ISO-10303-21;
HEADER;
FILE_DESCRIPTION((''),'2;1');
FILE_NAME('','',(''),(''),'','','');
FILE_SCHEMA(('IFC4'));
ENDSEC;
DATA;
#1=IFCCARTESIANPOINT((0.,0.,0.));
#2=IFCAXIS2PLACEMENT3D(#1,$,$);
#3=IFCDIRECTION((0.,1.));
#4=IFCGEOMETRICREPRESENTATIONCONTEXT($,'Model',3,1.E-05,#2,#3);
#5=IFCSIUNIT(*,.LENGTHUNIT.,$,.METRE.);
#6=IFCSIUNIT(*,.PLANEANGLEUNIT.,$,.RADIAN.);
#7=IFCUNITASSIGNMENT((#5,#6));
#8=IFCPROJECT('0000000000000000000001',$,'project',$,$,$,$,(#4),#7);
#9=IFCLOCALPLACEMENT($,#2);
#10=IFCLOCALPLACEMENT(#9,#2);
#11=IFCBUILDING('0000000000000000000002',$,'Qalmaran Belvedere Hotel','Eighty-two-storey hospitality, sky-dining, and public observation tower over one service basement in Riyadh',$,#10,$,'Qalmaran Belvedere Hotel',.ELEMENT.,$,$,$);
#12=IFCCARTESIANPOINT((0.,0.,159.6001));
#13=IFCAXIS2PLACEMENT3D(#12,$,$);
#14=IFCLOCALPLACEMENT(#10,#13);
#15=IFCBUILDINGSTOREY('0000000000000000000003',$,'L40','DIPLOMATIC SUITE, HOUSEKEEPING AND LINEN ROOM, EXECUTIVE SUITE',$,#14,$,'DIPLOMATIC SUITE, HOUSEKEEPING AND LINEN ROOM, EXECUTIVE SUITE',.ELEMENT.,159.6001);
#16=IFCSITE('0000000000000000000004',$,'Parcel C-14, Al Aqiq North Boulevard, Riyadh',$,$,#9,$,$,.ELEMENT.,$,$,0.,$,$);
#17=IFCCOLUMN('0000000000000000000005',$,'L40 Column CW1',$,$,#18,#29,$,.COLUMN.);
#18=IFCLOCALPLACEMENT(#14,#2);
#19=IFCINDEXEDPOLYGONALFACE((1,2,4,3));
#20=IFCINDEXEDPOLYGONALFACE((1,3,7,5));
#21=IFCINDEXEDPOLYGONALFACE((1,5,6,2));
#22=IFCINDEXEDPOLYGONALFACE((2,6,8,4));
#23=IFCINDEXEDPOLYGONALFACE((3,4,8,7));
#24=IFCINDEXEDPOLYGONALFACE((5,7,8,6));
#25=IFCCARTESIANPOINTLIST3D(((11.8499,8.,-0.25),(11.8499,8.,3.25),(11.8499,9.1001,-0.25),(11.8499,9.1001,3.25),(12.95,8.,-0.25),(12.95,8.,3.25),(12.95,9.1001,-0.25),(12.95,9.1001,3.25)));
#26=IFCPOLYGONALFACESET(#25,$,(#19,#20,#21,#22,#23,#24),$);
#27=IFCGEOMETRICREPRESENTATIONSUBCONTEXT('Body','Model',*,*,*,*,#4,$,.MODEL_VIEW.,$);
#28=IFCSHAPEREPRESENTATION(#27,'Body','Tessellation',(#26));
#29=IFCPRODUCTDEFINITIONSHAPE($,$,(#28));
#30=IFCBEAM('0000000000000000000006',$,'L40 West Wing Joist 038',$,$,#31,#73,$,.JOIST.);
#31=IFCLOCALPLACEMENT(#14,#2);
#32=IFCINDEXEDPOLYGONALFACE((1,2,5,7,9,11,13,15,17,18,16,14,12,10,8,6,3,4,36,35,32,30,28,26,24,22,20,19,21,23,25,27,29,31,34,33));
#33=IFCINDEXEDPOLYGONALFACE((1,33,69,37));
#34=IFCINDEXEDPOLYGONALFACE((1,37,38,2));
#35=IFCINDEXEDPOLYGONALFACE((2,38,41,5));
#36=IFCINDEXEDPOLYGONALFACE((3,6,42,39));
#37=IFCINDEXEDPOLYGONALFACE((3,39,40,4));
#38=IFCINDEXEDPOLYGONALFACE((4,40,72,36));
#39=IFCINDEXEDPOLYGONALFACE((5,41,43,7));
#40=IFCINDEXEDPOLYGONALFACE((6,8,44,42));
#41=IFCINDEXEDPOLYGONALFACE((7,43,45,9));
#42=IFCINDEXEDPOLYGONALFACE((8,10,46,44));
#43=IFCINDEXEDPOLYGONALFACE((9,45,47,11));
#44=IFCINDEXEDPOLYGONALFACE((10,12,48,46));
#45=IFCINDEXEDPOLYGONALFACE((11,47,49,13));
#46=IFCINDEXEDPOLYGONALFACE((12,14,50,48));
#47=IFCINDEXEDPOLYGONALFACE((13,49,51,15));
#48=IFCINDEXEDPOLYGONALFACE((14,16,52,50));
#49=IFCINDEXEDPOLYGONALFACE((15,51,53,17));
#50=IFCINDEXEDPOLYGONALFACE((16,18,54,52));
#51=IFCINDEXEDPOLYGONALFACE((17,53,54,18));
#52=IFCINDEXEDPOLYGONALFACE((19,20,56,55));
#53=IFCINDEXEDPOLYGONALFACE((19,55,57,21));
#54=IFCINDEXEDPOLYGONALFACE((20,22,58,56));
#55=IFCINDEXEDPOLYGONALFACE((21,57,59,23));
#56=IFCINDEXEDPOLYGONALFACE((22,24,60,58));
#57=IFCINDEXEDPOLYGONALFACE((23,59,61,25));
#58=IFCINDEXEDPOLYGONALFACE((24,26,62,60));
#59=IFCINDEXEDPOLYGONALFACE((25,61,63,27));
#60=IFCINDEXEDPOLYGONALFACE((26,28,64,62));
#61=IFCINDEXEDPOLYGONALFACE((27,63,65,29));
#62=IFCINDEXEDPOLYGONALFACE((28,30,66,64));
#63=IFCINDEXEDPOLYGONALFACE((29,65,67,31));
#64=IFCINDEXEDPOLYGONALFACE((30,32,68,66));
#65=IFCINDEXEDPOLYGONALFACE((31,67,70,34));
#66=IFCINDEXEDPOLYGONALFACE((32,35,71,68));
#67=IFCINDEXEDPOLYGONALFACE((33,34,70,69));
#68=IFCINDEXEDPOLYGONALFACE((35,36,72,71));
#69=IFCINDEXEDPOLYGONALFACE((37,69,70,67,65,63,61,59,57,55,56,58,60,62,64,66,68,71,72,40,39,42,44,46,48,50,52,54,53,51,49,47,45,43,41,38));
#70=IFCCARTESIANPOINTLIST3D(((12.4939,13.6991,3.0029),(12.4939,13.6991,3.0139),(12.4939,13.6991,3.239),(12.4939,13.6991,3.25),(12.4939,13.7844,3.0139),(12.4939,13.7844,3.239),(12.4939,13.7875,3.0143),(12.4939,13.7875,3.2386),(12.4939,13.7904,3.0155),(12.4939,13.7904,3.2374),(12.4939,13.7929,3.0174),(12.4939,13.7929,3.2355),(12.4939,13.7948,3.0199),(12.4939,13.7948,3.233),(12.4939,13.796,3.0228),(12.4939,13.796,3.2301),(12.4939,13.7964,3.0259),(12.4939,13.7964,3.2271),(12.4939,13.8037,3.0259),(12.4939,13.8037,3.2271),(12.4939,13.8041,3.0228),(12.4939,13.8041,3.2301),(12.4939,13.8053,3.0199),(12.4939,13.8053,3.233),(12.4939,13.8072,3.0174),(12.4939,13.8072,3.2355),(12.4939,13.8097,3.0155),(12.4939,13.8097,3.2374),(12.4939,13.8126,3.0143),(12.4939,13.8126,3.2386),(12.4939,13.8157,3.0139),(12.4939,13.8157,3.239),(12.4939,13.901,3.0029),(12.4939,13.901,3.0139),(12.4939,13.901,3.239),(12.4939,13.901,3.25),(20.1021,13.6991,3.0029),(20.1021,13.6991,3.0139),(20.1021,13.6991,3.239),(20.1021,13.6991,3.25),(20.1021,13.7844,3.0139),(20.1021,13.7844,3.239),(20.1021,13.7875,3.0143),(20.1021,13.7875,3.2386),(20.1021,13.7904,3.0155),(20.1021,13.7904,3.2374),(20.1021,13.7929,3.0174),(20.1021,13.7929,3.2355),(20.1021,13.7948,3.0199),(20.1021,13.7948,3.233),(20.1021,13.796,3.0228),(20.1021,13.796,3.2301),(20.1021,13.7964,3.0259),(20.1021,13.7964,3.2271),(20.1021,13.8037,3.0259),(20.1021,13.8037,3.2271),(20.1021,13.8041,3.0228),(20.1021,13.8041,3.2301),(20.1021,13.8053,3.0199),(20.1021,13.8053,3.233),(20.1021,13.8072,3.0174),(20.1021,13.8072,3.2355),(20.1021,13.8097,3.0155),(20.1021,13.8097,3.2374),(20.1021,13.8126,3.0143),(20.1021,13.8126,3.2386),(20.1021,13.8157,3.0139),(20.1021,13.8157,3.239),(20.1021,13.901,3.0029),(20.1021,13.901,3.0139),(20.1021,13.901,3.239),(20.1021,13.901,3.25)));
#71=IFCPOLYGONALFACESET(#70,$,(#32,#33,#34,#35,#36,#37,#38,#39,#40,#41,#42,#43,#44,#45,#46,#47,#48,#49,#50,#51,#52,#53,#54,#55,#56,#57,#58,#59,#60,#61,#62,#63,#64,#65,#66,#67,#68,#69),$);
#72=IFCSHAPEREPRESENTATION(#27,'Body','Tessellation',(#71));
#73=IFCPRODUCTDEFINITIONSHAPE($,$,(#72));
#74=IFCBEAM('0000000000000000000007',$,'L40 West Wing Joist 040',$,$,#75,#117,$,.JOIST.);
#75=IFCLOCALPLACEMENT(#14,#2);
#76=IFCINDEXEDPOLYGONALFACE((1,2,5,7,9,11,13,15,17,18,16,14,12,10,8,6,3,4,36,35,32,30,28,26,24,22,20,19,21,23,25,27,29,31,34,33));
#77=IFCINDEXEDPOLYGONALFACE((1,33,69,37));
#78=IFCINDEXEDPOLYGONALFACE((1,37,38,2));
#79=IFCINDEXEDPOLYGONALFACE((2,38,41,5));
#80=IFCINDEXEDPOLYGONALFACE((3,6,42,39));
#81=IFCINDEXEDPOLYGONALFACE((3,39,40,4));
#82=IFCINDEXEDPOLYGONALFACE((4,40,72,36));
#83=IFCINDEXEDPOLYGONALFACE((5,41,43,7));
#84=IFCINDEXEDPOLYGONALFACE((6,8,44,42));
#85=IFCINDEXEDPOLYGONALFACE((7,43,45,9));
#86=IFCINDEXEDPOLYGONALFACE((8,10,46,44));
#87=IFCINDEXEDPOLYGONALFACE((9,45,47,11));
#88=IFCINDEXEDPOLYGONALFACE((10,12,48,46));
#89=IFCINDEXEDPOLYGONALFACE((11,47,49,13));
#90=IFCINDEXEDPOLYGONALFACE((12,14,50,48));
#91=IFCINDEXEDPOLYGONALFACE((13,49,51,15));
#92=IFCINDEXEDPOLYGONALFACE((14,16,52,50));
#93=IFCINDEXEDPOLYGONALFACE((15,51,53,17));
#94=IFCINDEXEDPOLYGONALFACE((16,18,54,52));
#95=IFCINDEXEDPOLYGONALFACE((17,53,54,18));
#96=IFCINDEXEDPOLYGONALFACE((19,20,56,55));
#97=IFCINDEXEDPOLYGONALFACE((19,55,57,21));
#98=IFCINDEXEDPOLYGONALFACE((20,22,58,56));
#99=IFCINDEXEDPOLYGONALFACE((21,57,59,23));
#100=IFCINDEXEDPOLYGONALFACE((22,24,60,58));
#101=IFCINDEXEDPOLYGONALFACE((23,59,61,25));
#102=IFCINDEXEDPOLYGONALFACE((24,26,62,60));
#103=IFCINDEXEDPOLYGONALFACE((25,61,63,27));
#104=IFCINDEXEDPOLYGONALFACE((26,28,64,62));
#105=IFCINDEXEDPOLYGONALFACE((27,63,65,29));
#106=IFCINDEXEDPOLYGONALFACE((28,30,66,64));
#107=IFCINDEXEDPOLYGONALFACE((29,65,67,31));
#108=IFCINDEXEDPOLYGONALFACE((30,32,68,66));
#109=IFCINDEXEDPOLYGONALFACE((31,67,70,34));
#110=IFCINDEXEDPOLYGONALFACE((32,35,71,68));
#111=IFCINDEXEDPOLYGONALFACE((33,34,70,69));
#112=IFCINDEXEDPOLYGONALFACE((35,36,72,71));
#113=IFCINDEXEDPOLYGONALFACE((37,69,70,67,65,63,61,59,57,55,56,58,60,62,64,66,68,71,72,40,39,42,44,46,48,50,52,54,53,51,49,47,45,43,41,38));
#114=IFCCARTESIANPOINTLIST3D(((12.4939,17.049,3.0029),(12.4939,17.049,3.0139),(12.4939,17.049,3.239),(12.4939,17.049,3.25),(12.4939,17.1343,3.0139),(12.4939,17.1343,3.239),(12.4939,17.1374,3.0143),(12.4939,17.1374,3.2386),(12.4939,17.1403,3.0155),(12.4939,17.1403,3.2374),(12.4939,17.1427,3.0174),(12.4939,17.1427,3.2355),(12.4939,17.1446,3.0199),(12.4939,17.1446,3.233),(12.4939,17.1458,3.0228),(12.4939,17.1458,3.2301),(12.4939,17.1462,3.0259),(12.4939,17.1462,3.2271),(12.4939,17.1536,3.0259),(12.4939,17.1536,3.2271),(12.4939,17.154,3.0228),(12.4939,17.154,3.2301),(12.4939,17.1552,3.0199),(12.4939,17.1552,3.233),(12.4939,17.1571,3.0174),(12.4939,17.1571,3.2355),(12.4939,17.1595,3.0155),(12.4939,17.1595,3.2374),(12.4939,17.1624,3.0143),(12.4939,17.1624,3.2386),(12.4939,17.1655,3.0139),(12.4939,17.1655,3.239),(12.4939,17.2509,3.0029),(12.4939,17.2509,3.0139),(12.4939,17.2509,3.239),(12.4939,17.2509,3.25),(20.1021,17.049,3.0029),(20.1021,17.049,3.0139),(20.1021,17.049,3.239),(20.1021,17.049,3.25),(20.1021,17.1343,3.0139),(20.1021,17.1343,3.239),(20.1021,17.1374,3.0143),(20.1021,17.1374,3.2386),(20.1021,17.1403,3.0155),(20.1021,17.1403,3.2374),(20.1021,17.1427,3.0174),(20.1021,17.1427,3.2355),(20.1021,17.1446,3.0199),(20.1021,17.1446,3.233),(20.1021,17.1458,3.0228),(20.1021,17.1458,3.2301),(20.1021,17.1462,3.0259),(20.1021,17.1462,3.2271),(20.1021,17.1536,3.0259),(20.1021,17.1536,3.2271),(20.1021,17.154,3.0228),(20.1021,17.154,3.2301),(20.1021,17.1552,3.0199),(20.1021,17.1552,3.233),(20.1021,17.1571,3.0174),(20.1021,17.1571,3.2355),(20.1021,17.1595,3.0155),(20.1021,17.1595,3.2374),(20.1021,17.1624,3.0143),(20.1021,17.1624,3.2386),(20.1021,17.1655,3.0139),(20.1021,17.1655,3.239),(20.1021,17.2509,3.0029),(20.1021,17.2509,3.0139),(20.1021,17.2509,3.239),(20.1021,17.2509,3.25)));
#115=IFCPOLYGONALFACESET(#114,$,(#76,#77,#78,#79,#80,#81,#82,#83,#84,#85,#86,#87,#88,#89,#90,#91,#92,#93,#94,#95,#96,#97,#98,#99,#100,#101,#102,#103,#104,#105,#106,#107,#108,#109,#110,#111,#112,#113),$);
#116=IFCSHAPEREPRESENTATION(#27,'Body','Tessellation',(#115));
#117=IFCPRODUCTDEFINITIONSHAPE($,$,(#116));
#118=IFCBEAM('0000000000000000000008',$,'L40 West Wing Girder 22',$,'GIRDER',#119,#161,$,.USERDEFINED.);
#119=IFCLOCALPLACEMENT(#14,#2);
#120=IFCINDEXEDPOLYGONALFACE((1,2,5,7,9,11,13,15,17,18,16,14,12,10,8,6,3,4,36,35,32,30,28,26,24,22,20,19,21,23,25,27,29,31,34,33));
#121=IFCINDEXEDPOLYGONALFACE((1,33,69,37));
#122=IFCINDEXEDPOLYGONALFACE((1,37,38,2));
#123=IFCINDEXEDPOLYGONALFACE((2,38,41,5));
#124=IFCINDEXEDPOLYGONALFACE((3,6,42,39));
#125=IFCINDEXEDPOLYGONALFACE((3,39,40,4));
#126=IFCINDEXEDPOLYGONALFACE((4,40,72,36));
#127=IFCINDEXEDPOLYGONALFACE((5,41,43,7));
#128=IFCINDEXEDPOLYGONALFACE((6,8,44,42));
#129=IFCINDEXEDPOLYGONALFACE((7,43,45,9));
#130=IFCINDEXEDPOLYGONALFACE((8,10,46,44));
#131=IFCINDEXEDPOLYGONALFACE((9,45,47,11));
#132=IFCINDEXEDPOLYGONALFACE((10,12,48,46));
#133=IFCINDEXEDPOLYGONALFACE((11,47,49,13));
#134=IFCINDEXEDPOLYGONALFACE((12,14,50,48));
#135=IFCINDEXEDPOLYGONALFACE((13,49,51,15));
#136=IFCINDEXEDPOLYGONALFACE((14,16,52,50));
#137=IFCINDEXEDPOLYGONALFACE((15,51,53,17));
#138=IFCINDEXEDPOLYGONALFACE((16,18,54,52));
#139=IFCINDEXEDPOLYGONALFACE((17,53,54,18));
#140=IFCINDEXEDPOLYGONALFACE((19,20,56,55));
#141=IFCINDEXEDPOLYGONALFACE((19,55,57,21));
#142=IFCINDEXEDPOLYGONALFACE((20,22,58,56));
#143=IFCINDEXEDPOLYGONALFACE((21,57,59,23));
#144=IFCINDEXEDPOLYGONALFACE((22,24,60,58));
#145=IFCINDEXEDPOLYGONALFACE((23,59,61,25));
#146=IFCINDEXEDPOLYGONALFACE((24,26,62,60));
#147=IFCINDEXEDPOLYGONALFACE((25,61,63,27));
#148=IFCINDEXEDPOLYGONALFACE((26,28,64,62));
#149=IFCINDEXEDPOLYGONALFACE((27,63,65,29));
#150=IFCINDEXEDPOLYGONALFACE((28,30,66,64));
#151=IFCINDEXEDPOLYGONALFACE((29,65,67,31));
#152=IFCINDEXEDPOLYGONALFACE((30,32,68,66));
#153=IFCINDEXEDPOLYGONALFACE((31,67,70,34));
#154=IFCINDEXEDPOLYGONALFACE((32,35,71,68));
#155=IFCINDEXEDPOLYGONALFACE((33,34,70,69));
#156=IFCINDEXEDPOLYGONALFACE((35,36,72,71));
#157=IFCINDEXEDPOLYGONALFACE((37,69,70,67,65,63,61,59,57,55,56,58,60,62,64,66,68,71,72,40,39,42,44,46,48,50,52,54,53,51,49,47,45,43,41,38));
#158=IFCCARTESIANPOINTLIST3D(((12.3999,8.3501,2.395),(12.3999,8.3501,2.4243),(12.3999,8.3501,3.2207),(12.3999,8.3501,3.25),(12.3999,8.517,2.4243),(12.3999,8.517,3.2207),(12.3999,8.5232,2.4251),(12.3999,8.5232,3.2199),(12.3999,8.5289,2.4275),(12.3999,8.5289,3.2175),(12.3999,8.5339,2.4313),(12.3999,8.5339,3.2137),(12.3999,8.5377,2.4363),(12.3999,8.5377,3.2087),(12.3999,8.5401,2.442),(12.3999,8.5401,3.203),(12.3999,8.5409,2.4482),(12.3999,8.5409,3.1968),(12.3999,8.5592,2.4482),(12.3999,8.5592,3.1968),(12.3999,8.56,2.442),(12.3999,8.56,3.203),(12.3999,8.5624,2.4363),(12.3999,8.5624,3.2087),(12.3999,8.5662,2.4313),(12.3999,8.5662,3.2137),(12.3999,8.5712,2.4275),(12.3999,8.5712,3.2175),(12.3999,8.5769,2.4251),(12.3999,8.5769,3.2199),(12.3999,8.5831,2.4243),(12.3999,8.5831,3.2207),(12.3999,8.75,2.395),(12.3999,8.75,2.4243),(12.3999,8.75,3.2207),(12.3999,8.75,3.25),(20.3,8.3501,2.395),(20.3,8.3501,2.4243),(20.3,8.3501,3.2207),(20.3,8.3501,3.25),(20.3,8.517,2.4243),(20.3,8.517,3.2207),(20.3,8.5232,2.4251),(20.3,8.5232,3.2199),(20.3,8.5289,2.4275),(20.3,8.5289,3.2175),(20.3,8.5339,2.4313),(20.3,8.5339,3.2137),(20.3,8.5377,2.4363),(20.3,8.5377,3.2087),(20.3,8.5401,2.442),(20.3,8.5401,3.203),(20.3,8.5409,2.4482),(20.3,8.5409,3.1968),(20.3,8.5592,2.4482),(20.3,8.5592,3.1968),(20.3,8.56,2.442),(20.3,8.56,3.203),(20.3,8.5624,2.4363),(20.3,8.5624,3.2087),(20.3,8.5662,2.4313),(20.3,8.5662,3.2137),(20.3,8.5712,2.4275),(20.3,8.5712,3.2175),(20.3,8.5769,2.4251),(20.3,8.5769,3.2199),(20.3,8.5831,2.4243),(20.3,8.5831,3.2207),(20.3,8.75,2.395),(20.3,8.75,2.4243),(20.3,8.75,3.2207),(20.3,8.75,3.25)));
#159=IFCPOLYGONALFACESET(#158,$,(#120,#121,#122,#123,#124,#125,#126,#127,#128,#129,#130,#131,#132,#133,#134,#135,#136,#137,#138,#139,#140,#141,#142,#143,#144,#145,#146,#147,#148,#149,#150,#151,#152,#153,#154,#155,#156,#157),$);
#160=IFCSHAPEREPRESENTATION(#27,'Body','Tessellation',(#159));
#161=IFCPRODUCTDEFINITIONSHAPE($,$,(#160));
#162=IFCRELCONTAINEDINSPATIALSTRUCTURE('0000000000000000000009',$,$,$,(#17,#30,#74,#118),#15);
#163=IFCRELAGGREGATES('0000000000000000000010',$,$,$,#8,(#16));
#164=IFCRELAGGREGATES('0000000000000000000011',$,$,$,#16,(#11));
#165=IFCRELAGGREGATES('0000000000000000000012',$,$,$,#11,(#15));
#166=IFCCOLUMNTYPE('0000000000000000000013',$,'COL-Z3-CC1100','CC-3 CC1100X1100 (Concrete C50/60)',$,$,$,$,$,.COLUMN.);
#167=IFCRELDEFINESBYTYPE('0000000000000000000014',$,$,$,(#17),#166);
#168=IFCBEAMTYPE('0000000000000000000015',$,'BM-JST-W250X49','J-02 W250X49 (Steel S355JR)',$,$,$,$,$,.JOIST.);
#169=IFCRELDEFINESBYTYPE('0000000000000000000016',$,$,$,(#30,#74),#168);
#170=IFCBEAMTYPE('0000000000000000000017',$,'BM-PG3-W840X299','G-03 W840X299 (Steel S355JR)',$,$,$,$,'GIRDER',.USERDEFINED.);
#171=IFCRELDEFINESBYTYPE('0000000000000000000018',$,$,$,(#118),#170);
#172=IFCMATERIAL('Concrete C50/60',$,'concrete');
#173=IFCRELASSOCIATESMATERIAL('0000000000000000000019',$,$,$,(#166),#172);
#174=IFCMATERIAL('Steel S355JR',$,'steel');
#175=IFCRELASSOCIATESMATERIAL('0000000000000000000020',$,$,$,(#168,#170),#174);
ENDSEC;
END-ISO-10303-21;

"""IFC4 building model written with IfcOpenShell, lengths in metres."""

from ifc_helpers import new_model, si_unit, direction, frame, origin, origin_2d, place, context, subcontext, project, spatial, rectangle, i_section, extrude, material, material_profile, profile_set, type_object, element, save


model = new_model("IFC4")

# Units and contexts
model_context = context("Model", 3, precision=1e-05, world=origin(), true_north=direction((0.0, 1.0)))
body_context = subcontext(model_context, "Body", "Model", "MODEL_VIEW")
ifc_project = project(units=[si_unit("LENGTHUNIT", "METRE"), si_unit("PLANEANGLEUNIT", "RADIAN")], contexts=[model_context])

# Site, building, storey
site_placement = place(None, origin())
site = spatial("IfcSite", under=ifc_project, at=site_placement, Name="Parcel C-14, Al Aqiq North Boulevard, Riyadh", CompositionType="ELEMENT", RefElevation=0.0)
building_placement = place(site_placement, origin())
building = spatial("IfcBuilding", under=site, at=building_placement, Name="Qalmaran Belvedere Hotel", Description="Eighty-two-storey hospitality, sky-dining, and public observation tower over one service basement in Riyadh", LongName="Qalmaran Belvedere Hotel", CompositionType="ELEMENT")
storey_placement = place(building_placement, frame((0.0, 0.0, 159.6001)))
storey = spatial("IfcBuildingStorey", under=building, at=storey_placement, Name="L40", Description="DIPLOMATIC SUITE, HOUSEKEEPING AND LINEN ROOM, EXECUTIVE SUITE", LongName="DIPLOMATIC SUITE, HOUSEKEEPING AND LINEN ROOM, EXECUTIVE SUITE", CompositionType="ELEMENT", Elevation=159.6001)

# Column
ifc_material_1 = material(Name="Concrete C50/60", Category="concrete")
ifc_material_profile_1 = material_profile(ifc_material_1, rectangle(XDim=1.1001, YDim=1.1001, at=origin_2d()), Name="CC1100X1100")
ifc_profile_set_1 = profile_set([ifc_material_profile_1], Name="Concrete C50/60")
column_type = type_object("IfcColumnType", Name="COL-Z3-CC1100", Description="CC-3 CC1100X1100 (Concrete C50/60)", PredefinedType="COLUMN", material=ifc_profile_set_1)
column_placement = place(storey_placement, frame((12.3999, 8.55, -0.25), z_axis=(0.0, 0.0, 1.0), x_axis=(1.0, 0.0, 0.0)))
element("IfcColumn", 1, at=column_placement, inside=storey, type_object=column_type, Name="L40 Column CW1", PredefinedType="COLUMN", context=body_context, shape_type="SweptSolid", body=[
    extrude(rectangle(XDim=1.1001, YDim=1.1001, at=origin_2d()), origin(), (0.0, 0.0, 1.0), 3.5),
])

# Beams
ifc_material_2 = material(Name="Steel S355JR", Category="steel")
ifc_material_profile_2 = material_profile(ifc_material_2, i_section(OverallWidth=0.2019, OverallDepth=0.2471, WebThickness=0.0073, FlangeThickness=0.011, FilletRadius=0.012, at=origin_2d()), Name="W250X49")
ifc_profile_set_2 = profile_set([ifc_material_profile_2], Name="Steel S355JR")
beam_type_1 = type_object("IfcBeamType", Name="BM-JST-W250X49", Description="J-02 W250X49 (Steel S355JR)", PredefinedType="JOIST", material=ifc_profile_set_2)
for number, where, z_axis, x_axis, name in (
    (2, (12.4939, 13.8, 3.1265), (1.0, 0.0, 0.0), (0.0, 1.0, 0.0), "L40 West Wing Joist 038"),
    (3, (12.4939, 17.1499, 3.1265), (1.0, 0.0, 0.0), (0.0, 1.0, 0.0), "L40 West Wing Joist 040"),
):
    element("IfcBeam", number, at=place(storey_placement, frame(where, z_axis=z_axis, x_axis=x_axis)), inside=storey, type_object=beam_type_1, Name=name, PredefinedType="JOIST", context=body_context, shape_type="SweptSolid", body=[
        extrude(i_section(OverallWidth=0.2019, OverallDepth=0.2471, WebThickness=0.0073, FlangeThickness=0.011, FilletRadius=0.012, at=origin_2d()), origin(), (0.0, 0.0, 1.0), 7.6082),
    ])
ifc_material_profile_3 = material_profile(ifc_material_2, i_section(OverallWidth=0.3999, OverallDepth=0.855, WebThickness=0.0183, FlangeThickness=0.0293, FilletRadius=0.0239, at=origin_2d()), Name="W840X299")
ifc_profile_set_3 = profile_set([ifc_material_profile_3], Name="Steel S355JR")
beam_type_2 = type_object("IfcBeamType", Name="BM-PG3-W840X299", Description="G-03 W840X299 (Steel S355JR)", ElementType="GIRDER", PredefinedType="USERDEFINED", material=ifc_profile_set_3)
beam_1_placement = place(storey_placement, frame((12.3999, 8.55, 2.8225), z_axis=(1.0, 0.0, 0.0), x_axis=(0.0, 1.0, 0.0)))
element("IfcBeam", 4, at=beam_1_placement, inside=storey, type_object=beam_type_2, Name="L40 West Wing Girder 22", ObjectType="GIRDER", PredefinedType="USERDEFINED", context=body_context, shape_type="SweptSolid", body=[
    extrude(i_section(OverallWidth=0.3999, OverallDepth=0.855, WebThickness=0.0183, FlangeThickness=0.0293, FilletRadius=0.0239, at=origin_2d()), origin(), (0.0, 0.0, 1.0), 7.9001),
])

save(model, "model.ifc")
